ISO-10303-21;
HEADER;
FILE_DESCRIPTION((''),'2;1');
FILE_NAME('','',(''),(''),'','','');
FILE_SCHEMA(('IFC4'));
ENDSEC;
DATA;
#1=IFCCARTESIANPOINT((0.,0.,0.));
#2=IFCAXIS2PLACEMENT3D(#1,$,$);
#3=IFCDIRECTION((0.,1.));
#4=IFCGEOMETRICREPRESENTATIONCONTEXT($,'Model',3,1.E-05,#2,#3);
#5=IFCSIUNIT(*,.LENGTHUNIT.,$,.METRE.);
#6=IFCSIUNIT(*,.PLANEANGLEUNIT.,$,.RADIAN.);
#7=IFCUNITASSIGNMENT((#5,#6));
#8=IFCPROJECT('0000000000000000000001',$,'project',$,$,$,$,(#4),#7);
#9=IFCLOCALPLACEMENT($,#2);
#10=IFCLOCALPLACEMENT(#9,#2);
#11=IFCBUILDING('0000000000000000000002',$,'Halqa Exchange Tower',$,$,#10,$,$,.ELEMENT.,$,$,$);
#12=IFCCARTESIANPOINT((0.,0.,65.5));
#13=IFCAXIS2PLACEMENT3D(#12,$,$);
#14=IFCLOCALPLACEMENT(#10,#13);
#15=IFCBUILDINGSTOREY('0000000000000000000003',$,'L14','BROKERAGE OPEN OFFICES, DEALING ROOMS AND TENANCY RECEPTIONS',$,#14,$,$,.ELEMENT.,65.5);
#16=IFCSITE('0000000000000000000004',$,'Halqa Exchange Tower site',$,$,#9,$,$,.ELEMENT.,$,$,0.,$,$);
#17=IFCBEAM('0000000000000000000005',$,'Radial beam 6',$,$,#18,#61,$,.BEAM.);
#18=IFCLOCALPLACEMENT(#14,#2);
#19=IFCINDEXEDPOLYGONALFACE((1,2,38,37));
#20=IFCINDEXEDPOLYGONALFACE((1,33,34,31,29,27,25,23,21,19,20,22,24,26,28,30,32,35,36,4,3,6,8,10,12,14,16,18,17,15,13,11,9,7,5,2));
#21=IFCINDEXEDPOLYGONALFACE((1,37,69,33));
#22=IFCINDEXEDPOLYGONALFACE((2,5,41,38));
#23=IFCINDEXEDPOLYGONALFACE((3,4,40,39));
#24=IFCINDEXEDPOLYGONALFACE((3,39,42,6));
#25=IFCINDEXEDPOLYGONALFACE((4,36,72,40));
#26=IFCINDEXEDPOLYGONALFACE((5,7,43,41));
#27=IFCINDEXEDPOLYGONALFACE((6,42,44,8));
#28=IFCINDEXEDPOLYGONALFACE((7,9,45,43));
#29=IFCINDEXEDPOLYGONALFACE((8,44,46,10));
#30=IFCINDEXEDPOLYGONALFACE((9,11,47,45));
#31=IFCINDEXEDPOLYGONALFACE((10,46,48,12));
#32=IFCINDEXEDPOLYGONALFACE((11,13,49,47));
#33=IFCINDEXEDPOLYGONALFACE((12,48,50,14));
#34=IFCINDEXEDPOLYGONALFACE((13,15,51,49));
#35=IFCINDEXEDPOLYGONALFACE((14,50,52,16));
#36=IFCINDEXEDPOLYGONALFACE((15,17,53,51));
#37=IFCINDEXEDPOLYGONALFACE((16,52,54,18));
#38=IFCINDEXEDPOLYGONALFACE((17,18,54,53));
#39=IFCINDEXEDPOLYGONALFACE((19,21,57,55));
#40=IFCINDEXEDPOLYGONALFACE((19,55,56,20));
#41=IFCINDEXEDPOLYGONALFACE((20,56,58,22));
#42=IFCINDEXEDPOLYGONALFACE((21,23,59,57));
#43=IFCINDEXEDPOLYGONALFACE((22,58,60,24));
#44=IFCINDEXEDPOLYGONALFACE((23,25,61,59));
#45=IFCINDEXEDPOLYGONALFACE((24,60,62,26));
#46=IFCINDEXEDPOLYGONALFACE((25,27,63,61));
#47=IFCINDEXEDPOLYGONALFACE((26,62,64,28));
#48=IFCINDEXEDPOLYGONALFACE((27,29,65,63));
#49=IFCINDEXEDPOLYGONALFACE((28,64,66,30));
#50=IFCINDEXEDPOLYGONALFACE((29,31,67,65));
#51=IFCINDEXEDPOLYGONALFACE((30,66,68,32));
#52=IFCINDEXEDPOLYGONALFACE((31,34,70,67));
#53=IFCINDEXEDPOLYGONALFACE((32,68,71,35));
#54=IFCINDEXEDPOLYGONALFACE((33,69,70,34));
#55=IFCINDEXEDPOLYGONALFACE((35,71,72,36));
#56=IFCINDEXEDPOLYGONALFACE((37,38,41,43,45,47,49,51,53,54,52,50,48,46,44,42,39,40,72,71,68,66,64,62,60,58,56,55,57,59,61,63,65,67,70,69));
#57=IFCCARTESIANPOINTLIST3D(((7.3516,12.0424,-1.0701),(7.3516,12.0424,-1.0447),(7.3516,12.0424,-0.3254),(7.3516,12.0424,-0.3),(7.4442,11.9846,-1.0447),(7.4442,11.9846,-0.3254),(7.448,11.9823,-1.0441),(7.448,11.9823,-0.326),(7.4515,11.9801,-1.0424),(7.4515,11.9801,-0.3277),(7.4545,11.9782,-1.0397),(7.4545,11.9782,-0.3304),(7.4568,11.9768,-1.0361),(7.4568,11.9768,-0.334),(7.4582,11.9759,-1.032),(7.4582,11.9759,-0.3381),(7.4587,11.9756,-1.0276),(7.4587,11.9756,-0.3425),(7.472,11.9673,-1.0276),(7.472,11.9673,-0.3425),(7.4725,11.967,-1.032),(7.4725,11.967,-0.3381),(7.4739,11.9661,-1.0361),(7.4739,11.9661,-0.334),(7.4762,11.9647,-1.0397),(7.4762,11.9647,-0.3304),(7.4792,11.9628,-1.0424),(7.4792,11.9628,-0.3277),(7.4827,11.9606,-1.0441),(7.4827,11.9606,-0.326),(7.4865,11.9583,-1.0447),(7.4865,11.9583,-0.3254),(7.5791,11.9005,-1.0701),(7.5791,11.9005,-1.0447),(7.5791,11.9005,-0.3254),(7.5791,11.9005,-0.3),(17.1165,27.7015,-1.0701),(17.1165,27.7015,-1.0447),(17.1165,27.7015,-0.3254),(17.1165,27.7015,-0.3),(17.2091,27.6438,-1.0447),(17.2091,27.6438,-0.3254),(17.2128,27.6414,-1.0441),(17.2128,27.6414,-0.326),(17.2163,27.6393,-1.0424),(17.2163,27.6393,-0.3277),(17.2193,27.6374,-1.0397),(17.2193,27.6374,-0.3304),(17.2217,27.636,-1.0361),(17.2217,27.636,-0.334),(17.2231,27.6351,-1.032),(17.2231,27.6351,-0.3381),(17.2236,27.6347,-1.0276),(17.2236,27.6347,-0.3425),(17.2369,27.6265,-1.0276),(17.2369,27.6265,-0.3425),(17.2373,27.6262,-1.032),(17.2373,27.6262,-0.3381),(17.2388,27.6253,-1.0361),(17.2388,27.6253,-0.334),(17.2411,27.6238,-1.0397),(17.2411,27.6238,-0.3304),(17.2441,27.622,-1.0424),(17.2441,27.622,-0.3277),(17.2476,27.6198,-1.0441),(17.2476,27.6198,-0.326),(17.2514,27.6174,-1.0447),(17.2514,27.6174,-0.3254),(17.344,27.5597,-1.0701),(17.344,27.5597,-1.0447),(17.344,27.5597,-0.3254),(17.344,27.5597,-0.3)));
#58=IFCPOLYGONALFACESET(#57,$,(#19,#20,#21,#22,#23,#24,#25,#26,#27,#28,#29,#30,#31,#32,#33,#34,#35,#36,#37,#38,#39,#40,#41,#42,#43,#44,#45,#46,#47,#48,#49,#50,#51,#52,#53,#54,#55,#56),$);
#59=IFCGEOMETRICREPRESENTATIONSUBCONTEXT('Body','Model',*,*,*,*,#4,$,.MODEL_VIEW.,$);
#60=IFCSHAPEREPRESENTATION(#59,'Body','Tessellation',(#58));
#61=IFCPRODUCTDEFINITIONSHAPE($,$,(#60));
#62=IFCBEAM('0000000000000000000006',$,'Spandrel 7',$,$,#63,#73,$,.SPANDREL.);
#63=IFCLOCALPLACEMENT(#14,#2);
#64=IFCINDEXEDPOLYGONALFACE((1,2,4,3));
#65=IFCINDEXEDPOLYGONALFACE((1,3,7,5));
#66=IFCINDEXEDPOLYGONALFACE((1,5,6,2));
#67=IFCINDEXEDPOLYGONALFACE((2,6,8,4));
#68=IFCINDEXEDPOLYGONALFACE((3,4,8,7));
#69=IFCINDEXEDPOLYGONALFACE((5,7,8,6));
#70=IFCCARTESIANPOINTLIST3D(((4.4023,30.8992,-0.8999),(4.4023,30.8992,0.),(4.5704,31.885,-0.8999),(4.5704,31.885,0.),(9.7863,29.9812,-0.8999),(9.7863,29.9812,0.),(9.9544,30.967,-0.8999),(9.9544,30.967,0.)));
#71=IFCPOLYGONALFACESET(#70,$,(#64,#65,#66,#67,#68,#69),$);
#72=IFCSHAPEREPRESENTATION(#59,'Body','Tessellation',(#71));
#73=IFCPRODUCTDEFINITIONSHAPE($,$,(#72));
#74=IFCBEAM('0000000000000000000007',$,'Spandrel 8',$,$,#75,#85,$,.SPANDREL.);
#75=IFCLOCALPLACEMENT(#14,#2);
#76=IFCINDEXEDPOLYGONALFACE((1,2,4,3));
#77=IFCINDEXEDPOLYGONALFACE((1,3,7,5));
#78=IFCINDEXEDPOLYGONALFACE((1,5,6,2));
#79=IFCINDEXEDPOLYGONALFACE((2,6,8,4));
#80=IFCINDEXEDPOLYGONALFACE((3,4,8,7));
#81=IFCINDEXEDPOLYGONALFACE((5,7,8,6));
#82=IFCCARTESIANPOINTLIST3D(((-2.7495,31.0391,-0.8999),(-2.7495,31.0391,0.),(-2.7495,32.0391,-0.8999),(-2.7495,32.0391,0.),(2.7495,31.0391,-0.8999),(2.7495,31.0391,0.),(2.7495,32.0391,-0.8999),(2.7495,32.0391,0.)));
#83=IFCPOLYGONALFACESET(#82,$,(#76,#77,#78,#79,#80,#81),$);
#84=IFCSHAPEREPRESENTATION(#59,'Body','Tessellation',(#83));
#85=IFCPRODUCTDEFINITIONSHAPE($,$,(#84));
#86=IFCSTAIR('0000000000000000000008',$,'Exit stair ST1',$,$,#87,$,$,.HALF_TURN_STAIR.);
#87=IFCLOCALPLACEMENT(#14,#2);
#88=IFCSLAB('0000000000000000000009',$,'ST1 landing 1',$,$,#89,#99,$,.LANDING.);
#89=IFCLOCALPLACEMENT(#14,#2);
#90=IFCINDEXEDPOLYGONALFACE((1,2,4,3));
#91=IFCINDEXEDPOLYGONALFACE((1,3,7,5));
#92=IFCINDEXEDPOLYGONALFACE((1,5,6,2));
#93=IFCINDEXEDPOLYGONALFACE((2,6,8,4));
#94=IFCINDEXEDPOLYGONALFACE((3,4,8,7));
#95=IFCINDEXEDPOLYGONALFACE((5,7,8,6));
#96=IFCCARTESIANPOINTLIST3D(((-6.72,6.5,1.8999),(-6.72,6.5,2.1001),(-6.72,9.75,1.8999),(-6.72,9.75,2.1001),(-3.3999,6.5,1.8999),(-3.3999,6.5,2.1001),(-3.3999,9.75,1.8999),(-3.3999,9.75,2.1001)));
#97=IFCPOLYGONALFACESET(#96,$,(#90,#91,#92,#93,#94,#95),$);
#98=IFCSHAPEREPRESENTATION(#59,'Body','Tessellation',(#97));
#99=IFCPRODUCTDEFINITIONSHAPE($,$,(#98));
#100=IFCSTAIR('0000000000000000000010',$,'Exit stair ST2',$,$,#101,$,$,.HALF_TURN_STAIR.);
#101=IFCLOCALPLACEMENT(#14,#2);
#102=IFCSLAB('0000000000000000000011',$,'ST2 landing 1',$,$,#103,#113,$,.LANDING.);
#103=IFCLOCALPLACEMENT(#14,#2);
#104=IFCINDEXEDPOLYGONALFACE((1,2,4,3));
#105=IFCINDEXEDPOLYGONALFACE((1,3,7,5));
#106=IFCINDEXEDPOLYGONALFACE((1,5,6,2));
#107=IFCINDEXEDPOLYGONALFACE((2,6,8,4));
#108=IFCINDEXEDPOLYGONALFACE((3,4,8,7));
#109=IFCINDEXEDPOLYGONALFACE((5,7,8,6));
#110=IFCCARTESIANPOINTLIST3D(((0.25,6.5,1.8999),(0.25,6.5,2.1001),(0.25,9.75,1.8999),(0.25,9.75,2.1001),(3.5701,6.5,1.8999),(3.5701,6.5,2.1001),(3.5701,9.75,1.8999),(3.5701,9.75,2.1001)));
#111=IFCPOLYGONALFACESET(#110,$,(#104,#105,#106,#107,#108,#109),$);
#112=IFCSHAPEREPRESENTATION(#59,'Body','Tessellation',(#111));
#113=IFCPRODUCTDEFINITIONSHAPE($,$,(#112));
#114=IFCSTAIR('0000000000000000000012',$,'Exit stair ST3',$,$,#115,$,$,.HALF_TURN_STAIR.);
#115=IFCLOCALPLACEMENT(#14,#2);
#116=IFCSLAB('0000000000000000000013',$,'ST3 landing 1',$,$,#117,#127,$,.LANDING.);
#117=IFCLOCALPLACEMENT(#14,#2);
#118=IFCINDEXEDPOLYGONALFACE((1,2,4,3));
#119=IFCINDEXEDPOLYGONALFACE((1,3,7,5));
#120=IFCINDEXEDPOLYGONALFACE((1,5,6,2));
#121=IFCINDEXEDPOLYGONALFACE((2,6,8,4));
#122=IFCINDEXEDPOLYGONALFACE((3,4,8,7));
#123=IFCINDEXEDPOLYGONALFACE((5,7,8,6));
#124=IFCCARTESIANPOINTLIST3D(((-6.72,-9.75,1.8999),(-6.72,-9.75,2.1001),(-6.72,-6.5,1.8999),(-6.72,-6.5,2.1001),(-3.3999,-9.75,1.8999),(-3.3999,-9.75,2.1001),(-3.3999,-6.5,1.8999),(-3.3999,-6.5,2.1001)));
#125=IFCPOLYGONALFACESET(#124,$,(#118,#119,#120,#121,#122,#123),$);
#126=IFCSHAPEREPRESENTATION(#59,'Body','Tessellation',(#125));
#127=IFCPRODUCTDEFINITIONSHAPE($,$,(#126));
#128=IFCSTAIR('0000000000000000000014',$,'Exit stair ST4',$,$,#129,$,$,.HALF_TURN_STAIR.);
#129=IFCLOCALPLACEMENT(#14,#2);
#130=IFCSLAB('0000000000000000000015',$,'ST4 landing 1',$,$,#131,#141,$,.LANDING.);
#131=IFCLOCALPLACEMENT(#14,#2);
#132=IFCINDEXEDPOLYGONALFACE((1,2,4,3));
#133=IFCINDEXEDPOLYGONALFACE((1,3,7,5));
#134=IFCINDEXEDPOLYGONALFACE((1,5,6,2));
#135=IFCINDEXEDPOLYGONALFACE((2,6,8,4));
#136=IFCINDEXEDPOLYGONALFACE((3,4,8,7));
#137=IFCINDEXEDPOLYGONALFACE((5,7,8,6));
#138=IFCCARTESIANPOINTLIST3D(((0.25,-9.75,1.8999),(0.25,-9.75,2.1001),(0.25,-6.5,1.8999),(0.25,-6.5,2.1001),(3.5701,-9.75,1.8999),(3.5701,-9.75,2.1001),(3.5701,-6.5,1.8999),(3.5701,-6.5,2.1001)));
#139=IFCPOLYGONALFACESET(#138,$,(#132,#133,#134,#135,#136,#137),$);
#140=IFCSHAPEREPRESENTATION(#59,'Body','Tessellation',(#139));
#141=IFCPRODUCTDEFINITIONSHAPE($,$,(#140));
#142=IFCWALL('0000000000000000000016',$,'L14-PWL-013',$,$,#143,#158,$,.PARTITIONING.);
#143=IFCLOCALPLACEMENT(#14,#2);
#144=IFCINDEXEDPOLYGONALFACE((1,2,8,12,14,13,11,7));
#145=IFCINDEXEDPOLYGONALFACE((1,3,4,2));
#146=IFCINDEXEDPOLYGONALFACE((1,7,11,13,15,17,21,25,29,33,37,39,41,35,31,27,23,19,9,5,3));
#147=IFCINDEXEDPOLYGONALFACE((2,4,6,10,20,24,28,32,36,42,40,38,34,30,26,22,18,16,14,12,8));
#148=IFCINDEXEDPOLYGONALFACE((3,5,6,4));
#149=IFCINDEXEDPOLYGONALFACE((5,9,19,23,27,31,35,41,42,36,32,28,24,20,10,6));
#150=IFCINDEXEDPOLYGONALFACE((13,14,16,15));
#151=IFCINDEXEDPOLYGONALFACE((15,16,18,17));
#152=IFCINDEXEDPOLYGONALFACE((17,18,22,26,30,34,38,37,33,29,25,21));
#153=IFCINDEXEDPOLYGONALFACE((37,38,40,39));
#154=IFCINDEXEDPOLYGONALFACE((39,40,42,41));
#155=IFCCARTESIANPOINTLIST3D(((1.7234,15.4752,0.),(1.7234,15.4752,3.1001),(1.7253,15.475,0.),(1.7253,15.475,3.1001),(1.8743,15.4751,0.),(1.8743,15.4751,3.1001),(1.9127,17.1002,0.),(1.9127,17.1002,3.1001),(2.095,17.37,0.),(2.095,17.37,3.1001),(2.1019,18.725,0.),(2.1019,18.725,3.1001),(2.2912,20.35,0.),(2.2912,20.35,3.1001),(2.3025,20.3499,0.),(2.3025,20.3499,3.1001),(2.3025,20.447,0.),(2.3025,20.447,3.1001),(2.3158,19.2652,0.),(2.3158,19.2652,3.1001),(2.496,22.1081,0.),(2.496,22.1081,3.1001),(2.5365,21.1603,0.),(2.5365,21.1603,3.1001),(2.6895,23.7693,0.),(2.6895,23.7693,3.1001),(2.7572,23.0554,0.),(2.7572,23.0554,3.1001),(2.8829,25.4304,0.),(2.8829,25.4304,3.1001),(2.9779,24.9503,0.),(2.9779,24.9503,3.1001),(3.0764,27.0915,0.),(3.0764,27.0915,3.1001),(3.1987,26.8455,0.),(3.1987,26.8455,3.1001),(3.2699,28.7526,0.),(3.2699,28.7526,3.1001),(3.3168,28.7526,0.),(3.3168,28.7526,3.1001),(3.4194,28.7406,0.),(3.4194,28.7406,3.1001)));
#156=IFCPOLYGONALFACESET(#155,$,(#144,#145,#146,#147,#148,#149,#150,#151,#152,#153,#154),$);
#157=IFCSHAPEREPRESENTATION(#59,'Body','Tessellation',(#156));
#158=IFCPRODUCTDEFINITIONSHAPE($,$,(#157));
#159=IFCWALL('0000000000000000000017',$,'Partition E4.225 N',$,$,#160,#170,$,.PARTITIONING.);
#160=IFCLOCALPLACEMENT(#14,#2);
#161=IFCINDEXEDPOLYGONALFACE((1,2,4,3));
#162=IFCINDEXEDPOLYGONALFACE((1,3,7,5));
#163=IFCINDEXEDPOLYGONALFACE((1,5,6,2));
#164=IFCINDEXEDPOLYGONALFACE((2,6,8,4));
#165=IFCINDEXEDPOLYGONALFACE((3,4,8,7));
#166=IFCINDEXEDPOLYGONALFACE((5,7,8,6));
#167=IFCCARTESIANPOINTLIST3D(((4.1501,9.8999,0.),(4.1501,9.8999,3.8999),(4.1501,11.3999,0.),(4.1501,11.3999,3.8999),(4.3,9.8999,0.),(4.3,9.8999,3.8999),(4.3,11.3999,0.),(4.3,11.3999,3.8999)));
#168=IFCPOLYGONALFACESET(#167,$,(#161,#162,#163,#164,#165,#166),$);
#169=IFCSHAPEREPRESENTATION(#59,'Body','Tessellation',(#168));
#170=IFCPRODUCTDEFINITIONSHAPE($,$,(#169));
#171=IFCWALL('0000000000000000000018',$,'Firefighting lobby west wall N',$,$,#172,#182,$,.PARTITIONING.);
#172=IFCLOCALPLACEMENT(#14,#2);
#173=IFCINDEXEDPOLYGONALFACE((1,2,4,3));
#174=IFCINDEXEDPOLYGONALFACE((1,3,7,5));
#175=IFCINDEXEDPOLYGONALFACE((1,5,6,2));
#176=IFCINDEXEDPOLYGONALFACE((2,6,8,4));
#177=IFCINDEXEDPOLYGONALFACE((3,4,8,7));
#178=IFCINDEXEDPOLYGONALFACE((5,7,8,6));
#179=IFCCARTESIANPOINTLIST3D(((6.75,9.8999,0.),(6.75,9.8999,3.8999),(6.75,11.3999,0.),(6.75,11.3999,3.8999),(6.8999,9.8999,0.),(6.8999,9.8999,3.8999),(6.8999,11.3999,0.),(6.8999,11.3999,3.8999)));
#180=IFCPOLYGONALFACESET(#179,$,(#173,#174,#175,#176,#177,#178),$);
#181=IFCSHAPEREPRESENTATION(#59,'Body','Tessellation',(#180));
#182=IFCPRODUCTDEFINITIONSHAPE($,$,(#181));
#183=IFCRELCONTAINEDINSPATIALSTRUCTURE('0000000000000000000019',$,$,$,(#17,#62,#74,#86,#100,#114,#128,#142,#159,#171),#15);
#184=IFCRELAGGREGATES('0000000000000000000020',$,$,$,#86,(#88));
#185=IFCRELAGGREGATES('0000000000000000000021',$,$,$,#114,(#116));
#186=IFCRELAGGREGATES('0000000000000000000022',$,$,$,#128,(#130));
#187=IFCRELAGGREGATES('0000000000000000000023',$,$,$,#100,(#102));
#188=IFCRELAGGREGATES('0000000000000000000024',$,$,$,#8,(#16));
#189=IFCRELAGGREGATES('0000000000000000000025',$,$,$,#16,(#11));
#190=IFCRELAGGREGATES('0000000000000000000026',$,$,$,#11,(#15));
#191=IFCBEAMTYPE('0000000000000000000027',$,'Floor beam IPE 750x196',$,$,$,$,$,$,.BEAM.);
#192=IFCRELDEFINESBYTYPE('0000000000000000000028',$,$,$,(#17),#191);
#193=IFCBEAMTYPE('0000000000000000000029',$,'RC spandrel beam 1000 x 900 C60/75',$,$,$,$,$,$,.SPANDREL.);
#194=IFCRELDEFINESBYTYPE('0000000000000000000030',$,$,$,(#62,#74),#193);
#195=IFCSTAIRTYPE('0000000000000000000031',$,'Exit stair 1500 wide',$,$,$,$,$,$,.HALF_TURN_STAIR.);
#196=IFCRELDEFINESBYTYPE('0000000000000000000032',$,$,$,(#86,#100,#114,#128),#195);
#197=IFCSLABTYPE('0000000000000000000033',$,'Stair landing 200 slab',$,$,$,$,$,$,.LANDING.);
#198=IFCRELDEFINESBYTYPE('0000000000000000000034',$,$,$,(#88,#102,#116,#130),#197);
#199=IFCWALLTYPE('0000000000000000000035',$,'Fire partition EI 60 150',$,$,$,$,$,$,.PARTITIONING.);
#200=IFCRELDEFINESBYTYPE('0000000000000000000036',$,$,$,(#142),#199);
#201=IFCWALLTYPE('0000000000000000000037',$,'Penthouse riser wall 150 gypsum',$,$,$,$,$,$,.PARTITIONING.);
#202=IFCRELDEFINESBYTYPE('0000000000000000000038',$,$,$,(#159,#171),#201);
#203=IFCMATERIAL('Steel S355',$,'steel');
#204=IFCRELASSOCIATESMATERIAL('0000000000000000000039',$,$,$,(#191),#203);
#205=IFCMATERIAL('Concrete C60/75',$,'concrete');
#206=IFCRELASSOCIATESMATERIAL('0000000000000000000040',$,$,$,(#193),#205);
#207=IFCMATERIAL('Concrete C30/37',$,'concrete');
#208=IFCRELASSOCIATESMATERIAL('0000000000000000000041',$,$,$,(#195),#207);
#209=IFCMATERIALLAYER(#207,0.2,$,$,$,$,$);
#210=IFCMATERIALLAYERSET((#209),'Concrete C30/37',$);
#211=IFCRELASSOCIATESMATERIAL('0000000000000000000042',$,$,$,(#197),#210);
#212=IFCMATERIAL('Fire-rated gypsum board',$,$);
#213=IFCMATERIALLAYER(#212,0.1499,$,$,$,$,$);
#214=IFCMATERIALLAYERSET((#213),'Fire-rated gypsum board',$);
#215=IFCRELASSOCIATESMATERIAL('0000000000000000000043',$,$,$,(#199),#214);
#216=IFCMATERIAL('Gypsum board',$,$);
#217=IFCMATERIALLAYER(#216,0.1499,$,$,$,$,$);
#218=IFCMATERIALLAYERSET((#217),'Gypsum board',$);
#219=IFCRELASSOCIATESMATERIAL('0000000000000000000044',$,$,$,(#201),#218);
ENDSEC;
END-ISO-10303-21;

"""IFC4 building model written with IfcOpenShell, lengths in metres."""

from ifc_helpers import new_model, si_unit, direction, frame, frame_2d, origin, origin_2d, place, context, subcontext, project, spatial, polyline, rectangle, i_section, outline, extrude, material, layer, layer_set, material_profile, profile_set, type_object, element, aggregate, save


model = new_model("IFC4")

# Units and contexts
model_context = context("Model", 3, precision=1e-05, world=origin(), true_north=direction((0.0, 1.0)))
body_context = subcontext(model_context, "Body", "Model", "MODEL_VIEW")
ifc_project = project(units=[si_unit("LENGTHUNIT", "METRE"), si_unit("PLANEANGLEUNIT", "RADIAN")], contexts=[model_context])

# Site, building, storey
site_placement = place(None, origin())
site = spatial("IfcSite", under=ifc_project, at=site_placement, Name="Halqa Exchange Tower site", CompositionType="ELEMENT", RefElevation=0.0)
building_placement = place(site_placement, origin())
building = spatial("IfcBuilding", under=site, at=building_placement, Name="Halqa Exchange Tower", CompositionType="ELEMENT")
storey_placement = place(building_placement, frame((0.0, 0.0, 65.5)))
storey = spatial("IfcBuildingStorey", under=building, at=storey_placement, Name="L14", Description="BROKERAGE OPEN OFFICES, DEALING ROOMS AND TENANCY RECEPTIONS", CompositionType="ELEMENT", Elevation=65.5)

# Beams
ifc_material_1 = material(Name="Steel S355", Category="steel")
ifc_material_profile_1 = material_profile(ifc_material_1, i_section(OverallWidth=0.2681, OverallDepth=0.77, WebThickness=0.0156, FlangeThickness=0.0254, FilletRadius=0.0171, at=origin_2d()), Name="IPE 750x196")
ifc_profile_set_1 = profile_set([ifc_material_profile_1], Name="Steel S355")
beam_type_1 = type_object("IfcBeamType", Name="Floor beam IPE 750x196", PredefinedType="BEAM", material=ifc_profile_set_1)
beam_1_placement = place(storey_placement, frame((7.4653, 11.9714, -0.6851), z_axis=(0.529138, 0.848536, 0.0), x_axis=(-0.848536, 0.529138, 0.0)))
element("IfcBeam", 1, at=beam_1_placement, inside=storey, type_object=beam_type_1, Name="Radial beam 6", PredefinedType="BEAM", context=body_context, shape_type="SweptSolid", body=[
    extrude(i_section(OverallWidth=0.2681, OverallDepth=0.77, WebThickness=0.0156, FlangeThickness=0.0254, FilletRadius=0.0171, at=origin_2d()), origin(), (0.0, 0.0, 1.0), 18.4543),
])
ifc_material_2 = material(Name="Concrete C60/75", Category="concrete")
ifc_material_profile_2 = material_profile(ifc_material_2, rectangle(XDim=1.0, YDim=0.8999, at=origin_2d()), Name="1000 x 900")
ifc_profile_set_2 = profile_set([ifc_material_profile_2], Name="Concrete C60/75")
beam_type_2 = type_object("IfcBeamType", Name="RC spandrel beam 1000 x 900 C60/75", PredefinedType="SPANDREL", material=ifc_profile_set_2)
beam_2_placement = place(storey_placement, frame((9.8704, 30.4741, -0.45), z_axis=(-0.985775, 0.168073, 0.0), x_axis=(-0.168073, -0.985775, 0.0)))
element("IfcBeam", 2, at=beam_2_placement, inside=storey, type_object=beam_type_2, Name="Spandrel 7", PredefinedType="SPANDREL", context=body_context, shape_type="SweptSolid", body=[
    extrude(rectangle(XDim=1.0, YDim=0.8999, at=origin_2d()), origin(), (0.0, 0.0, 1.0), 5.4617),
])
beam_3_placement = place(storey_placement, frame((2.7495, 31.5391, -0.45), z_axis=(-1.0, 0.0, 0.0), x_axis=(0.0, -1.0, 0.0)))
element("IfcBeam", 3, at=beam_3_placement, inside=storey, type_object=beam_type_2, Name="Spandrel 8", PredefinedType="SPANDREL", context=body_context, shape_type="SweptSolid", body=[
    extrude(rectangle(XDim=1.0, YDim=0.8999, at=origin_2d()), origin(), (0.0, 0.0, 1.0), 5.499),
])

# Stairs, slabs
ifc_material_3 = material(Name="Concrete C30/37", Category="concrete")
stair_type = type_object("IfcStairType", Name="Exit stair 1500 wide", PredefinedType="HALF_TURN_STAIR", material=ifc_material_3)
stair_1_placement = place(storey_placement, origin())
stair_1 = element("IfcStair", 4, at=stair_1_placement, inside=storey, type_object=stair_type, Name="Exit stair ST1", PredefinedType="HALF_TURN_STAIR")
ifc_layer_1 = layer(ifc_material_3, 0.2)
ifc_layer_set_1 = layer_set([ifc_layer_1], Name="Concrete C30/37")
slab_type = type_object("IfcSlabType", Name="Stair landing 200 slab", PredefinedType="LANDING", material=ifc_layer_set_1)
slab_1_placement = place(storey_placement, frame((0.0, 0.0, 1.8999)))
slab_1 = element("IfcSlab", 5, at=slab_1_placement, type_object=slab_type, Name="ST1 landing 1", PredefinedType="LANDING", context=body_context, shape_type="SweptSolid", body=[
    extrude(outline(polyline([(-6.72, 6.5), (-3.3999, 6.5), (-3.3999, 9.75), (-6.72, 9.75), (-6.72, 6.5)])), origin(), (0.0, 0.0, 1.0), 0.2002),
])
aggregate(stair_1, [slab_1])
stair_2_placement = place(storey_placement, origin())
stair_2 = element("IfcStair", 6, at=stair_2_placement, inside=storey, type_object=stair_type, Name="Exit stair ST2", PredefinedType="HALF_TURN_STAIR")
slab_2_placement = place(storey_placement, frame((0.0, 0.0, 1.8999)))
slab_2 = element("IfcSlab", 7, at=slab_2_placement, type_object=slab_type, Name="ST2 landing 1", PredefinedType="LANDING", context=body_context, shape_type="SweptSolid", body=[
    extrude(outline(polyline([(0.25, 6.5), (3.5701, 6.5), (3.5701, 9.75), (0.25, 9.75), (0.25, 6.5)])), origin(), (0.0, 0.0, 1.0), 0.2002),
])
stair_3_placement = place(storey_placement, origin())
stair_3 = element("IfcStair", 8, at=stair_3_placement, inside=storey, type_object=stair_type, Name="Exit stair ST3", PredefinedType="HALF_TURN_STAIR")
slab_3_placement = place(storey_placement, frame((0.0, 0.0, 1.8999)))
slab_3 = element("IfcSlab", 9, at=slab_3_placement, type_object=slab_type, Name="ST3 landing 1", PredefinedType="LANDING", context=body_context, shape_type="SweptSolid", body=[
    extrude(outline(polyline([(-6.72, -9.75), (-3.3999, -9.75), (-3.3999, -6.5), (-6.72, -6.5), (-6.72, -9.75)])), origin(), (0.0, 0.0, 1.0), 0.2002),
])
aggregate(stair_3, [slab_3])
stair_4_placement = place(storey_placement, origin())
stair_4 = element("IfcStair", 10, at=stair_4_placement, inside=storey, type_object=stair_type, Name="Exit stair ST4", PredefinedType="HALF_TURN_STAIR")
slab_4_placement = place(storey_placement, frame((0.0, 0.0, 1.8999)))
slab_4 = element("IfcSlab", 11, at=slab_4_placement, type_object=slab_type, Name="ST4 landing 1", PredefinedType="LANDING", context=body_context, shape_type="SweptSolid", body=[
    extrude(outline(polyline([(0.25, -9.75), (3.5701, -9.75), (3.5701, -6.5), (0.25, -6.5), (0.25, -9.75)])), origin(), (0.0, 0.0, 1.0), 0.2002),
])
aggregate(stair_4, [slab_4])

# Walls
ifc_material_4 = material(Name="Fire-rated gypsum board")
ifc_layer_2 = layer(ifc_material_4, 0.1499)
ifc_layer_set_2 = layer_set([ifc_layer_2], Name="Fire-rated gypsum board")
wall_type_1 = type_object("IfcWallType", Name="Fire partition EI 60 150", PredefinedType="PARTITIONING", material=ifc_layer_set_2)
wall_1_placement = place(storey_placement, frame((1.7979, 15.4666, 0.0), z_axis=(0.0, 0.0, 1.0), x_axis=(0.115694, 0.993285, 0.0)))
element("IfcWall", 12, at=wall_1_placement, inside=storey, type_object=wall_type_1, Name="L14-PWL-013", PredefinedType="PARTITIONING", context=body_context, shape_type="SweptSolid", body=[
    extrude(outline(polyline([(13.3726, -0.075), (13.3726, 0.0283), (13.3672, 0.075), (11.6948, 0.075), (10.0225, 0.075), (8.3501, 0.075), (6.6777, 0.075), (5.0054, 0.075), (4.9089, 0.0637), (4.9077, 0.075), (3.2717, 0.075), (1.636, 0.075), (0.0, 0.075), (0.0, 0.073), (0.0173, -0.075), (1.925, -0.075), (3.833, -0.075), (5.741, -0.075), (7.6489, -0.075), (9.5566, -0.075), (11.4646, -0.075), (13.3726, -0.075)])), origin(), (0.0, 0.0, 1.0), 3.1001),
])
ifc_material_5 = material(Name="Gypsum board")
ifc_layer_3 = layer(ifc_material_5, 0.1499)
ifc_layer_set_3 = layer_set([ifc_layer_3], Name="Gypsum board")
wall_type_2 = type_object("IfcWallType", Name="Penthouse riser wall 150 gypsum", PredefinedType="PARTITIONING", material=ifc_layer_set_3)
for number, where, z_axis, x_axis, name in (
    (13, (4.2251, 9.8999, 0.0), (0.0, 0.0, 1.0), (0.0, 1.0, 0.0), "Partition E4.225 N"),
    (14, (6.825, 9.8999, 0.0), (0.0, 0.0, 1.0), (0.0, 1.0, 0.0), "Firefighting lobby west wall N"),
):
    element("IfcWall", number, at=place(storey_placement, frame(where, z_axis=z_axis, x_axis=x_axis)), inside=storey, type_object=wall_type_2, Name=name, PredefinedType="PARTITIONING", context=body_context, shape_type="SweptSolid", body=[
        extrude(rectangle(XDim=1.5, YDim=0.1499, at=frame_2d((0.75, 0.0))), origin(), (0.0, 0.0, 1.0), 3.8999),
    ])

aggregate(stair_2, [slab_2])

save(model, "model.ifc")
